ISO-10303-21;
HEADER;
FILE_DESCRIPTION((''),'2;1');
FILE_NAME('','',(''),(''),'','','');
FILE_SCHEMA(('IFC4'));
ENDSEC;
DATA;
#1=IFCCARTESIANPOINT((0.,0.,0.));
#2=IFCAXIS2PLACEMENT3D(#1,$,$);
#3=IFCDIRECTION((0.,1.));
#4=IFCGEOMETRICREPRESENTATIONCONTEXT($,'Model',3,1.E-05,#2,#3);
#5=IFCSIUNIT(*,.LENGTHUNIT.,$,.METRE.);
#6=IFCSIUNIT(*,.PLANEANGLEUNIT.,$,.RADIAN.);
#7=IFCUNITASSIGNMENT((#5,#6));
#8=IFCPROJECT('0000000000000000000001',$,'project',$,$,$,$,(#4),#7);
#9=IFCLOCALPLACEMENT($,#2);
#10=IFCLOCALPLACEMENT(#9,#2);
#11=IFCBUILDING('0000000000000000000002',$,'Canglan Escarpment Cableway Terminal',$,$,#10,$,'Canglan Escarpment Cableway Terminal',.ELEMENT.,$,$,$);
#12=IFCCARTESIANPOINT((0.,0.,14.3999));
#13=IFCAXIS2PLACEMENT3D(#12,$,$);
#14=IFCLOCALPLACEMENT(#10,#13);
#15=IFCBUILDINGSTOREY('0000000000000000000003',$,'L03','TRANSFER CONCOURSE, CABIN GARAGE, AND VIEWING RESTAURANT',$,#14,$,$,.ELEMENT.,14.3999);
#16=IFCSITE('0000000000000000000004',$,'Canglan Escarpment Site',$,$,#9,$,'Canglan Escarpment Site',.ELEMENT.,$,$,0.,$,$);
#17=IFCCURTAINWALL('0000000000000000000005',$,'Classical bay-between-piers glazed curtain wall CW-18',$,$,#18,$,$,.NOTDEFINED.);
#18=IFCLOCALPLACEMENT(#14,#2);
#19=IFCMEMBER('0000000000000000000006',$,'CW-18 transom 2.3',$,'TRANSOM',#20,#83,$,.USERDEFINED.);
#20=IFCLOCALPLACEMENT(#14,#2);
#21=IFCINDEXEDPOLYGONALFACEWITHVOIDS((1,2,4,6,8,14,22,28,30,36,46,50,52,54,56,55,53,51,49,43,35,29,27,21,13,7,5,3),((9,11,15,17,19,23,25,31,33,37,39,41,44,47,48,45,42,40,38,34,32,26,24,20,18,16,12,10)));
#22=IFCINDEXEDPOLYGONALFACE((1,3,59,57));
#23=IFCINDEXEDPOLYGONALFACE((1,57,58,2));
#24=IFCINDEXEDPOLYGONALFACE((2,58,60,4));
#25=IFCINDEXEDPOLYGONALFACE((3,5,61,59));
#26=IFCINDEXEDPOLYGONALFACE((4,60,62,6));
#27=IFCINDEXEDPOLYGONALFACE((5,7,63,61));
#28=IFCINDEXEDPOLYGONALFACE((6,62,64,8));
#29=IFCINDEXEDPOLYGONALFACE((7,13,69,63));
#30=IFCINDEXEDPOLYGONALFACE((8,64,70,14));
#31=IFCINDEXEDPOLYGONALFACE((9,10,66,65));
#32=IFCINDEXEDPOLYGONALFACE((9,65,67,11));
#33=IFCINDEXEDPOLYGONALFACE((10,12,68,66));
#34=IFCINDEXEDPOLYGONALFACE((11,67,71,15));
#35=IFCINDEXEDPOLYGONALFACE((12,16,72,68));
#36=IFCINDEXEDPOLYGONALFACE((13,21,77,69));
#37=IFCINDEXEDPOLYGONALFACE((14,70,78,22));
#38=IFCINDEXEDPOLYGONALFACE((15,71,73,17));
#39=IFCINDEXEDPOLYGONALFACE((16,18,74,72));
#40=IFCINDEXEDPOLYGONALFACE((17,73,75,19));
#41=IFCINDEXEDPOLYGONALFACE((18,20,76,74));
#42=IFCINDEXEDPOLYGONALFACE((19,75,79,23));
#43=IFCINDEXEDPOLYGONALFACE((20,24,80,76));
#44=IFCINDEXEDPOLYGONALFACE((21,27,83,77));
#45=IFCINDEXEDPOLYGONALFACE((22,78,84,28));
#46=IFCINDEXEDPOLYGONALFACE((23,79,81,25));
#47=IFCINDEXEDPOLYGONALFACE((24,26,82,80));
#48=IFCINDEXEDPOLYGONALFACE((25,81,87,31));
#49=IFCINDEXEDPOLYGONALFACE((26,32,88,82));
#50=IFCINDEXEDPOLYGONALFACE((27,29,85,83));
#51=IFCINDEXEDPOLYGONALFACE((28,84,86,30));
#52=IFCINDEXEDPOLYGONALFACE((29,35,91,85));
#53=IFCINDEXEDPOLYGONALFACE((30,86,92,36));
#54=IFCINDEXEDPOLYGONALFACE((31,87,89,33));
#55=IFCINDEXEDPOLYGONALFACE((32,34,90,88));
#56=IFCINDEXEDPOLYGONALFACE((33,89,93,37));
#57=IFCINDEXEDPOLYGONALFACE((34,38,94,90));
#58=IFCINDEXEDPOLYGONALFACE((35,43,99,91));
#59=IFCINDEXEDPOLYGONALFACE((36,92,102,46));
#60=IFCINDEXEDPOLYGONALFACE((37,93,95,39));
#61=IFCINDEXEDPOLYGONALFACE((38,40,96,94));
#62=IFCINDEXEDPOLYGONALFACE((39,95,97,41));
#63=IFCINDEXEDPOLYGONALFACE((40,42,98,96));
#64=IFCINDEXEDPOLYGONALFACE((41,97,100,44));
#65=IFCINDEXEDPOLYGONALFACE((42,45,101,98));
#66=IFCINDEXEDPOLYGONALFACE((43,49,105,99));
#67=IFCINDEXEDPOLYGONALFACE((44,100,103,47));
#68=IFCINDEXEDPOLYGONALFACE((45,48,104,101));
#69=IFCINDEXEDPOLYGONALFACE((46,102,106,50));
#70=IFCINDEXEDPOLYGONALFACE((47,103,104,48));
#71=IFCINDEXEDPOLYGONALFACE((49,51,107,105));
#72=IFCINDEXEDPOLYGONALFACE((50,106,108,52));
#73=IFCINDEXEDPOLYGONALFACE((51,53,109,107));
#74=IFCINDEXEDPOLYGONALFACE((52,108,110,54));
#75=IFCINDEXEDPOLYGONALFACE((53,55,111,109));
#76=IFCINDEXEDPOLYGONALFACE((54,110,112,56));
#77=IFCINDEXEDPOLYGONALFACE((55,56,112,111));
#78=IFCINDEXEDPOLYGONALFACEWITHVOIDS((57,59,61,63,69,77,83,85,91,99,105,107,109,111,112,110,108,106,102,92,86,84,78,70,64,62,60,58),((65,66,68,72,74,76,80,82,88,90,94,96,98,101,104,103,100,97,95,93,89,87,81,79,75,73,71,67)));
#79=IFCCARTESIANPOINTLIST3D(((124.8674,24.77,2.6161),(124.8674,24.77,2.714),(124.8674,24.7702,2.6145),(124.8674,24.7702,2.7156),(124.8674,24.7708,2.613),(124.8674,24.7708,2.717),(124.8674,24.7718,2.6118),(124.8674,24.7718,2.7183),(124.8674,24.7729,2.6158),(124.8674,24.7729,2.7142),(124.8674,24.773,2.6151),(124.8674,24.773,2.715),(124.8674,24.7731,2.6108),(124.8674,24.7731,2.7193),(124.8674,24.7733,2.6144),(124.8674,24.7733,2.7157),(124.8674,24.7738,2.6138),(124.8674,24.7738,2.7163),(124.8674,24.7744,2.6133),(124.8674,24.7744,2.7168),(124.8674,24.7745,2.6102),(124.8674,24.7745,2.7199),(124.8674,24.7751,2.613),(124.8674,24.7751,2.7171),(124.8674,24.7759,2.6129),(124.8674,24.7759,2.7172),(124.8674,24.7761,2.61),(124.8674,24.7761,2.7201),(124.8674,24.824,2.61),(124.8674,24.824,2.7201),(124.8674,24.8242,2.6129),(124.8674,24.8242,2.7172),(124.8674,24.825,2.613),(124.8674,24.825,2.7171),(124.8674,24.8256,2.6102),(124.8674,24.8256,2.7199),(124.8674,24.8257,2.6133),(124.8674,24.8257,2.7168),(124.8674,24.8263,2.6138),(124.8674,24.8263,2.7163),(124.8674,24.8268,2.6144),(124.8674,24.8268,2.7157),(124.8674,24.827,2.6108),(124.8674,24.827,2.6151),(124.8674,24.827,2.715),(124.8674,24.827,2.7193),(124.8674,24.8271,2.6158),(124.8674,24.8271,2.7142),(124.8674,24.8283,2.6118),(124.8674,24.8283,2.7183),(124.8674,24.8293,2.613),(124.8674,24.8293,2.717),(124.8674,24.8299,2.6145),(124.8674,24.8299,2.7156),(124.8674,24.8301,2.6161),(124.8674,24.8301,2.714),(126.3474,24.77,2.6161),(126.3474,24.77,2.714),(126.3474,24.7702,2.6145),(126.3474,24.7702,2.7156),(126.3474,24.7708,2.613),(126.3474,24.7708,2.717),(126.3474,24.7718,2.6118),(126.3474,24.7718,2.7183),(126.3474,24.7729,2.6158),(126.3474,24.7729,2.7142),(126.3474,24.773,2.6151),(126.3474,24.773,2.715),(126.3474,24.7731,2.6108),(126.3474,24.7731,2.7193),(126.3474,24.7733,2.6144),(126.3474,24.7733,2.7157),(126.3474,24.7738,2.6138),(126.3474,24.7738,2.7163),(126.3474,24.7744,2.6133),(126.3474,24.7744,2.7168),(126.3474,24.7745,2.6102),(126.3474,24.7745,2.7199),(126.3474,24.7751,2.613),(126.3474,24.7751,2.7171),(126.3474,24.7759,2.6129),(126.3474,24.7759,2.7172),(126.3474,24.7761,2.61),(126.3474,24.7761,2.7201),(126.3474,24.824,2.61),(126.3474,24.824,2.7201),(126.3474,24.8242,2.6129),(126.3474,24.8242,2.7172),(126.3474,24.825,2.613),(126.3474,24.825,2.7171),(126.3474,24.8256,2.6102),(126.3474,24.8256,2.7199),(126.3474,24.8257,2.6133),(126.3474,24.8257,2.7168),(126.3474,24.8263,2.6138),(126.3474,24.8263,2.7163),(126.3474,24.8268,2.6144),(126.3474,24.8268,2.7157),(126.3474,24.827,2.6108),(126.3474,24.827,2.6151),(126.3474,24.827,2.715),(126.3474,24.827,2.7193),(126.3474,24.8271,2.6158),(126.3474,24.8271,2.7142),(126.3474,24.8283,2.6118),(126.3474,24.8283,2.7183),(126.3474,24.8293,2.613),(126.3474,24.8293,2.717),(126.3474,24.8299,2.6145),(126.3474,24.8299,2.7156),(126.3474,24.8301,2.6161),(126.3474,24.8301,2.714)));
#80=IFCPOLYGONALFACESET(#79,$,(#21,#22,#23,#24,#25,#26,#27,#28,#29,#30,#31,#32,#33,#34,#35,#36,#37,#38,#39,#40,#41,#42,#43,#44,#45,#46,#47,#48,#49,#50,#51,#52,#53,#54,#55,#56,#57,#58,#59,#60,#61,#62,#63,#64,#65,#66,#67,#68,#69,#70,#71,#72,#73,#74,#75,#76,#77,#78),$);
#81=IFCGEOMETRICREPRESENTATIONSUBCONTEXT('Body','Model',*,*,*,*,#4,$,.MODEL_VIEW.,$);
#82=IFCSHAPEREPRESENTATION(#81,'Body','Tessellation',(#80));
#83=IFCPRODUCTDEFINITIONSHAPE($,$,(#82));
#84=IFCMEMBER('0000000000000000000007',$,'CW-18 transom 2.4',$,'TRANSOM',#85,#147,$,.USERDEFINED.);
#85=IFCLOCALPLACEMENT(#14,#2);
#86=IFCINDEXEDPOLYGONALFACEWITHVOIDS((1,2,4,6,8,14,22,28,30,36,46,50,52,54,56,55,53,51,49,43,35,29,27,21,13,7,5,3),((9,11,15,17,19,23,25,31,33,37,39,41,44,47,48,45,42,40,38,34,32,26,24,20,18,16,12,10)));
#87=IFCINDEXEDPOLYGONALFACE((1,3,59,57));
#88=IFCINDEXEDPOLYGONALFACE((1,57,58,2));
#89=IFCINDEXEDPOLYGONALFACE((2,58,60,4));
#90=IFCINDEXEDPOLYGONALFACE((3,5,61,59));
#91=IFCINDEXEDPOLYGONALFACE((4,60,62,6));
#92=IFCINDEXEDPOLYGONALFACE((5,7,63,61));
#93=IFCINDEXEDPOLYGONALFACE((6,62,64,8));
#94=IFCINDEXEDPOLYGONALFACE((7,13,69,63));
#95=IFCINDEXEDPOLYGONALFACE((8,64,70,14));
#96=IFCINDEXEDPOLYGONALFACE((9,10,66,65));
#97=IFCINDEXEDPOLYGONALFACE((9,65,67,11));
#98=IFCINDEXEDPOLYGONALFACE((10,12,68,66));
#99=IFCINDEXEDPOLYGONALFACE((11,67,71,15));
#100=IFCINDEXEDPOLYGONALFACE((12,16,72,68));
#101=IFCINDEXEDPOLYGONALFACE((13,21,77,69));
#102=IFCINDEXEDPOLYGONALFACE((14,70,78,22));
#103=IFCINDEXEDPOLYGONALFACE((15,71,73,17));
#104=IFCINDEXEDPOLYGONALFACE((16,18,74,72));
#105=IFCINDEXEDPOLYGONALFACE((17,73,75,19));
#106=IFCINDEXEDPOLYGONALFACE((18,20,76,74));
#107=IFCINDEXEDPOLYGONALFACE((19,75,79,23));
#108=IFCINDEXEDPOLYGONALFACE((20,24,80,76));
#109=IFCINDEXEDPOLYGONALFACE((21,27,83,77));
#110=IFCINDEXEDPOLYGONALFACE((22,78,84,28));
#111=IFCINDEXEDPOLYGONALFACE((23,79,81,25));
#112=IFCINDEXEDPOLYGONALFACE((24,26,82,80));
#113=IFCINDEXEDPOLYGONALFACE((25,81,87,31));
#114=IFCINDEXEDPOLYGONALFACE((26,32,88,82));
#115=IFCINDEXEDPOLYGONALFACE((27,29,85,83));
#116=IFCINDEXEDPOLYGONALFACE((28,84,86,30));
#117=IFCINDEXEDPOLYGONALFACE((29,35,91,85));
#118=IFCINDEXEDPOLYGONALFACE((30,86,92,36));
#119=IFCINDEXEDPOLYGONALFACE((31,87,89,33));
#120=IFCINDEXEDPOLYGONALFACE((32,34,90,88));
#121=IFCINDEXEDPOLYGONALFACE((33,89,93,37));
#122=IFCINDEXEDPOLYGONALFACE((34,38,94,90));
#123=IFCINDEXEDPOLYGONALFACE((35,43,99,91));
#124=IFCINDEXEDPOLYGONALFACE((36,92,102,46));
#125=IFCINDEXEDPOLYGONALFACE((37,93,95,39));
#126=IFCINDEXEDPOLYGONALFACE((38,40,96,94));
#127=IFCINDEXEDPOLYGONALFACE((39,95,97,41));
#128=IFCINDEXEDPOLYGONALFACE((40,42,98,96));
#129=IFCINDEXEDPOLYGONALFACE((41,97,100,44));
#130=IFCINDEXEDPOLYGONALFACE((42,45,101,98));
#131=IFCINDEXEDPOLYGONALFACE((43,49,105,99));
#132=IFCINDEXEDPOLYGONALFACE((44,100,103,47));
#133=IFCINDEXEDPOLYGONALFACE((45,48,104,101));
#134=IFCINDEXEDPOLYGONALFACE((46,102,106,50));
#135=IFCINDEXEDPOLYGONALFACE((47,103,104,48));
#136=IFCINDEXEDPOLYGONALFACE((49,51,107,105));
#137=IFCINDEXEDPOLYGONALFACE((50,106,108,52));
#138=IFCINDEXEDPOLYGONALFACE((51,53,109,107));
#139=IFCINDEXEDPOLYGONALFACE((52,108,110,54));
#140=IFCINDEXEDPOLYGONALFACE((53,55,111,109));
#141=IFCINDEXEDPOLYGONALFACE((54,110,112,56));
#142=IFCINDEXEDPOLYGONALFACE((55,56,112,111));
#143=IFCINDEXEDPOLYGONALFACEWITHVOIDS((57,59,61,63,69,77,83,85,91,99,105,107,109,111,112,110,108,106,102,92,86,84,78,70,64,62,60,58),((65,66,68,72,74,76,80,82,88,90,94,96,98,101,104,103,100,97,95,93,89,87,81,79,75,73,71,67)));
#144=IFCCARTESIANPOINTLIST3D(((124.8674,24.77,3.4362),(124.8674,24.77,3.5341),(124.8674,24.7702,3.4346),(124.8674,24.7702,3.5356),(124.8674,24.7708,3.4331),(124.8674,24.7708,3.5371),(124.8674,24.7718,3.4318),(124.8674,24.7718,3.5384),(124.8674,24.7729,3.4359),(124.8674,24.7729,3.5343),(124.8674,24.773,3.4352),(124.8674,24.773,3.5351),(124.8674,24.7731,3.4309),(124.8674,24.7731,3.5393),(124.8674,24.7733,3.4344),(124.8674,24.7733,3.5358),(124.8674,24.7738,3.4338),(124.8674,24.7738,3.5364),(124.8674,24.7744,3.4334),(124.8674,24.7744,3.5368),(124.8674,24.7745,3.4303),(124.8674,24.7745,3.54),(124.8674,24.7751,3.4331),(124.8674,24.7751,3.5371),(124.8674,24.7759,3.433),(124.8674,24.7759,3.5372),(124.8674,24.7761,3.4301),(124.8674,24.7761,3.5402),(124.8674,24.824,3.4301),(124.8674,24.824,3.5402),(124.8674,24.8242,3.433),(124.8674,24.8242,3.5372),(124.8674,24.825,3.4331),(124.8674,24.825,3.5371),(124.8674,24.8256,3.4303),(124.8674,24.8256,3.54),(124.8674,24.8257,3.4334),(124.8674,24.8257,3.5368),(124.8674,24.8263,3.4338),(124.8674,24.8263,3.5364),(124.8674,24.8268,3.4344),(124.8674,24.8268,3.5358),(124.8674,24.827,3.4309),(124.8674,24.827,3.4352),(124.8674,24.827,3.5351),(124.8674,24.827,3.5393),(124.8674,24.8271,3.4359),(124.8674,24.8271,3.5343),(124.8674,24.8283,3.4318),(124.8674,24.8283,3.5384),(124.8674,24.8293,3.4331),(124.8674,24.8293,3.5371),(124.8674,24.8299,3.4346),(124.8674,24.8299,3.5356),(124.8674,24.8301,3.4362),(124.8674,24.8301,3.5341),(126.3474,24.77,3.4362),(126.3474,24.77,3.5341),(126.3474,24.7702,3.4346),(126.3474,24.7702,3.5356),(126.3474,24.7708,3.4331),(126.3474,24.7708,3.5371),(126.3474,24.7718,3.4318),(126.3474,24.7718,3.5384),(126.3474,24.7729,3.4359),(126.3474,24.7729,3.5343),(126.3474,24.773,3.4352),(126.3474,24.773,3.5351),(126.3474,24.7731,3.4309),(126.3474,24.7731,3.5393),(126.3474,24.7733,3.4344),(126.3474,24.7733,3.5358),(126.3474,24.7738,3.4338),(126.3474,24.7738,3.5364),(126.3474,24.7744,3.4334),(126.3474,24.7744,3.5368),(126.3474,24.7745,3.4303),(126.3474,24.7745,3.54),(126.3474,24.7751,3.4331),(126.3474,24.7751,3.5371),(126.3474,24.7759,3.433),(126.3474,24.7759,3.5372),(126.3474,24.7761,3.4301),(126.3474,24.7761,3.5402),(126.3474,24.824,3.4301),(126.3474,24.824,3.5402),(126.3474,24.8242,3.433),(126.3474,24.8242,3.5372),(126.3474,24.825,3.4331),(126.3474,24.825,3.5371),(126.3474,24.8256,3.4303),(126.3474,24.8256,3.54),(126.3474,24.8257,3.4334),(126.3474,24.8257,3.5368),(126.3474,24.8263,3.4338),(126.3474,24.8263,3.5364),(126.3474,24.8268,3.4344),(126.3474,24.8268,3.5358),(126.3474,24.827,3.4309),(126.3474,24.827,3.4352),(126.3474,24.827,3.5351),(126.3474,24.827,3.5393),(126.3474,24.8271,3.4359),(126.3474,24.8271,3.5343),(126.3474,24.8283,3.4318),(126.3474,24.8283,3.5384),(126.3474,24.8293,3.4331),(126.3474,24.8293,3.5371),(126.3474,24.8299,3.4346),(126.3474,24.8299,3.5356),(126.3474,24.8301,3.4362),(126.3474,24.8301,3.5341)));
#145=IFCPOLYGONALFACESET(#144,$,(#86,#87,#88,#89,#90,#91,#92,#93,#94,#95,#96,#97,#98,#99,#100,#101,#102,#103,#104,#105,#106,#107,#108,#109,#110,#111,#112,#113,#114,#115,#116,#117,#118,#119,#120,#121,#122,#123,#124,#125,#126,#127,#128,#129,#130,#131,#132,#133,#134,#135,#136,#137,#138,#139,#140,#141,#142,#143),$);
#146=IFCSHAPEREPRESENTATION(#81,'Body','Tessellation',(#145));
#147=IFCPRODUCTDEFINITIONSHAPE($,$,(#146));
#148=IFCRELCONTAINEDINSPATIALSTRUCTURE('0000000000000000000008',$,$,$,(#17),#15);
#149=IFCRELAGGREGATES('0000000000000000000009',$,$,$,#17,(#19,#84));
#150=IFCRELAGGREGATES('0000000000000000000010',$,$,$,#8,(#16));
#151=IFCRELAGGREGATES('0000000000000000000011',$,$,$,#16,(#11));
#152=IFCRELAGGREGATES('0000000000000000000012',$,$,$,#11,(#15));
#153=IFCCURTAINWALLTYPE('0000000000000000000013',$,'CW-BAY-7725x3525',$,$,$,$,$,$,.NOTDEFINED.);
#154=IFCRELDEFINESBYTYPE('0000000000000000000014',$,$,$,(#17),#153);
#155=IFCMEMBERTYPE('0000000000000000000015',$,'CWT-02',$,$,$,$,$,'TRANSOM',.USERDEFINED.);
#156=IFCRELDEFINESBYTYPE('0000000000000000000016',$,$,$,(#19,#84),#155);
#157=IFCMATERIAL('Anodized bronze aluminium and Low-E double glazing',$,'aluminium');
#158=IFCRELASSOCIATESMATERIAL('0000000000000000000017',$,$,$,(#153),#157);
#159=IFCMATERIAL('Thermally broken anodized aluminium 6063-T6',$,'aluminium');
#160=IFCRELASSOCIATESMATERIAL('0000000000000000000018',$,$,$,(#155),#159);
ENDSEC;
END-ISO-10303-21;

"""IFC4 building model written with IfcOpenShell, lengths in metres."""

from ifc_helpers import new_model, si_unit, direction, frame, origin, origin_2d, place, context, subcontext, project, spatial, hollow_rectangle, extrude, material, material_profile, profile_set, type_object, element, aggregate, save


model = new_model("IFC4")

# Units and contexts
model_context = context("Model", 3, precision=1e-05, world=origin(), true_north=direction((0.0, 1.0)))
body_context = subcontext(model_context, "Body", "Model", "MODEL_VIEW")
ifc_project = project(units=[si_unit("LENGTHUNIT", "METRE"), si_unit("PLANEANGLEUNIT", "RADIAN")], contexts=[model_context])

# Site, building, storey
site_placement = place(None, origin())
site = spatial("IfcSite", under=ifc_project, at=site_placement, Name="Canglan Escarpment Site", LongName="Canglan Escarpment Site", CompositionType="ELEMENT", RefElevation=0.0)
building_placement = place(site_placement, origin())
building = spatial("IfcBuilding", under=site, at=building_placement, Name="Canglan Escarpment Cableway Terminal", LongName="Canglan Escarpment Cableway Terminal", CompositionType="ELEMENT")
storey_placement = place(building_placement, frame((0.0, 0.0, 14.3999)))
storey = spatial("IfcBuildingStorey", under=building, at=storey_placement, Name="L03", Description="TRANSFER CONCOURSE, CABIN GARAGE, AND VIEWING RESTAURANT", CompositionType="ELEMENT", Elevation=14.3999)

# Curtain wall, members
ifc_material_1 = material(Name="Anodized bronze aluminium and Low-E double glazing", Category="aluminium")
curtain_wall_type = type_object("IfcCurtainWallType", Name="CW-BAY-7725x3525", PredefinedType="NOTDEFINED", material=ifc_material_1)
curtain_wall_placement = place(storey_placement, origin())
curtain_wall = element("IfcCurtainWall", 1, at=curtain_wall_placement, inside=storey, type_object=curtain_wall_type, Name="Classical bay-between-piers glazed curtain wall CW-18", PredefinedType="NOTDEFINED")
ifc_material_2 = material(Name="Thermally broken anodized aluminium 6063-T6", Category="aluminium")
ifc_material_profile_1 = material_profile(ifc_material_2, hollow_rectangle(XDim=0.0601, YDim=0.1101, WallThickness=0.0029, InnerFilletRadius=0.0029, OuterFilletRadius=0.0061, at=origin_2d()), Name="ALU-TRAN 60x110x3")
ifc_profile_set_1 = profile_set([ifc_material_profile_1], Name="Thermally broken anodized aluminium 6063-T6")
member_type_1 = type_object("IfcMemberType", Name="CWT-02", ElementType="TRANSOM", PredefinedType="USERDEFINED", material=ifc_profile_set_1)
member_1_placement = place(storey_placement, frame((126.3474, 24.8, 2.665), z_axis=(-1.0, 0.0, 0.0), x_axis=(0.0, -1.0, 0.0)))
member_1 = element("IfcMember", 2, at=member_1_placement, type_object=member_type_1, Name="CW-18 transom 2.3", ObjectType="TRANSOM", PredefinedType="USERDEFINED", context=body_context, shape_type="SweptSolid", body=[
    extrude(hollow_rectangle(XDim=0.0601, YDim=0.1101, WallThickness=0.0029, InnerFilletRadius=0.0029, OuterFilletRadius=0.0061, at=origin_2d()), origin(), (0.0, 0.0, 1.0), 1.48),
])
member_2_placement = place(storey_placement, frame((126.3474, 24.8, 3.4851), z_axis=(-1.0, 0.0, 0.0), x_axis=(0.0, -1.0, 0.0)))
member_2 = element("IfcMember", 3, at=member_2_placement, type_object=member_type_1, Name="CW-18 transom 2.4", ObjectType="TRANSOM", PredefinedType="USERDEFINED", context=body_context, shape_type="SweptSolid", body=[
    extrude(hollow_rectangle(XDim=0.0601, YDim=0.1101, WallThickness=0.0029, InnerFilletRadius=0.0029, OuterFilletRadius=0.0061, at=origin_2d()), origin(), (0.0, 0.0, 1.0), 1.48),
])
aggregate(curtain_wall, [member_1, member_2])

save(model, "model.ifc")
